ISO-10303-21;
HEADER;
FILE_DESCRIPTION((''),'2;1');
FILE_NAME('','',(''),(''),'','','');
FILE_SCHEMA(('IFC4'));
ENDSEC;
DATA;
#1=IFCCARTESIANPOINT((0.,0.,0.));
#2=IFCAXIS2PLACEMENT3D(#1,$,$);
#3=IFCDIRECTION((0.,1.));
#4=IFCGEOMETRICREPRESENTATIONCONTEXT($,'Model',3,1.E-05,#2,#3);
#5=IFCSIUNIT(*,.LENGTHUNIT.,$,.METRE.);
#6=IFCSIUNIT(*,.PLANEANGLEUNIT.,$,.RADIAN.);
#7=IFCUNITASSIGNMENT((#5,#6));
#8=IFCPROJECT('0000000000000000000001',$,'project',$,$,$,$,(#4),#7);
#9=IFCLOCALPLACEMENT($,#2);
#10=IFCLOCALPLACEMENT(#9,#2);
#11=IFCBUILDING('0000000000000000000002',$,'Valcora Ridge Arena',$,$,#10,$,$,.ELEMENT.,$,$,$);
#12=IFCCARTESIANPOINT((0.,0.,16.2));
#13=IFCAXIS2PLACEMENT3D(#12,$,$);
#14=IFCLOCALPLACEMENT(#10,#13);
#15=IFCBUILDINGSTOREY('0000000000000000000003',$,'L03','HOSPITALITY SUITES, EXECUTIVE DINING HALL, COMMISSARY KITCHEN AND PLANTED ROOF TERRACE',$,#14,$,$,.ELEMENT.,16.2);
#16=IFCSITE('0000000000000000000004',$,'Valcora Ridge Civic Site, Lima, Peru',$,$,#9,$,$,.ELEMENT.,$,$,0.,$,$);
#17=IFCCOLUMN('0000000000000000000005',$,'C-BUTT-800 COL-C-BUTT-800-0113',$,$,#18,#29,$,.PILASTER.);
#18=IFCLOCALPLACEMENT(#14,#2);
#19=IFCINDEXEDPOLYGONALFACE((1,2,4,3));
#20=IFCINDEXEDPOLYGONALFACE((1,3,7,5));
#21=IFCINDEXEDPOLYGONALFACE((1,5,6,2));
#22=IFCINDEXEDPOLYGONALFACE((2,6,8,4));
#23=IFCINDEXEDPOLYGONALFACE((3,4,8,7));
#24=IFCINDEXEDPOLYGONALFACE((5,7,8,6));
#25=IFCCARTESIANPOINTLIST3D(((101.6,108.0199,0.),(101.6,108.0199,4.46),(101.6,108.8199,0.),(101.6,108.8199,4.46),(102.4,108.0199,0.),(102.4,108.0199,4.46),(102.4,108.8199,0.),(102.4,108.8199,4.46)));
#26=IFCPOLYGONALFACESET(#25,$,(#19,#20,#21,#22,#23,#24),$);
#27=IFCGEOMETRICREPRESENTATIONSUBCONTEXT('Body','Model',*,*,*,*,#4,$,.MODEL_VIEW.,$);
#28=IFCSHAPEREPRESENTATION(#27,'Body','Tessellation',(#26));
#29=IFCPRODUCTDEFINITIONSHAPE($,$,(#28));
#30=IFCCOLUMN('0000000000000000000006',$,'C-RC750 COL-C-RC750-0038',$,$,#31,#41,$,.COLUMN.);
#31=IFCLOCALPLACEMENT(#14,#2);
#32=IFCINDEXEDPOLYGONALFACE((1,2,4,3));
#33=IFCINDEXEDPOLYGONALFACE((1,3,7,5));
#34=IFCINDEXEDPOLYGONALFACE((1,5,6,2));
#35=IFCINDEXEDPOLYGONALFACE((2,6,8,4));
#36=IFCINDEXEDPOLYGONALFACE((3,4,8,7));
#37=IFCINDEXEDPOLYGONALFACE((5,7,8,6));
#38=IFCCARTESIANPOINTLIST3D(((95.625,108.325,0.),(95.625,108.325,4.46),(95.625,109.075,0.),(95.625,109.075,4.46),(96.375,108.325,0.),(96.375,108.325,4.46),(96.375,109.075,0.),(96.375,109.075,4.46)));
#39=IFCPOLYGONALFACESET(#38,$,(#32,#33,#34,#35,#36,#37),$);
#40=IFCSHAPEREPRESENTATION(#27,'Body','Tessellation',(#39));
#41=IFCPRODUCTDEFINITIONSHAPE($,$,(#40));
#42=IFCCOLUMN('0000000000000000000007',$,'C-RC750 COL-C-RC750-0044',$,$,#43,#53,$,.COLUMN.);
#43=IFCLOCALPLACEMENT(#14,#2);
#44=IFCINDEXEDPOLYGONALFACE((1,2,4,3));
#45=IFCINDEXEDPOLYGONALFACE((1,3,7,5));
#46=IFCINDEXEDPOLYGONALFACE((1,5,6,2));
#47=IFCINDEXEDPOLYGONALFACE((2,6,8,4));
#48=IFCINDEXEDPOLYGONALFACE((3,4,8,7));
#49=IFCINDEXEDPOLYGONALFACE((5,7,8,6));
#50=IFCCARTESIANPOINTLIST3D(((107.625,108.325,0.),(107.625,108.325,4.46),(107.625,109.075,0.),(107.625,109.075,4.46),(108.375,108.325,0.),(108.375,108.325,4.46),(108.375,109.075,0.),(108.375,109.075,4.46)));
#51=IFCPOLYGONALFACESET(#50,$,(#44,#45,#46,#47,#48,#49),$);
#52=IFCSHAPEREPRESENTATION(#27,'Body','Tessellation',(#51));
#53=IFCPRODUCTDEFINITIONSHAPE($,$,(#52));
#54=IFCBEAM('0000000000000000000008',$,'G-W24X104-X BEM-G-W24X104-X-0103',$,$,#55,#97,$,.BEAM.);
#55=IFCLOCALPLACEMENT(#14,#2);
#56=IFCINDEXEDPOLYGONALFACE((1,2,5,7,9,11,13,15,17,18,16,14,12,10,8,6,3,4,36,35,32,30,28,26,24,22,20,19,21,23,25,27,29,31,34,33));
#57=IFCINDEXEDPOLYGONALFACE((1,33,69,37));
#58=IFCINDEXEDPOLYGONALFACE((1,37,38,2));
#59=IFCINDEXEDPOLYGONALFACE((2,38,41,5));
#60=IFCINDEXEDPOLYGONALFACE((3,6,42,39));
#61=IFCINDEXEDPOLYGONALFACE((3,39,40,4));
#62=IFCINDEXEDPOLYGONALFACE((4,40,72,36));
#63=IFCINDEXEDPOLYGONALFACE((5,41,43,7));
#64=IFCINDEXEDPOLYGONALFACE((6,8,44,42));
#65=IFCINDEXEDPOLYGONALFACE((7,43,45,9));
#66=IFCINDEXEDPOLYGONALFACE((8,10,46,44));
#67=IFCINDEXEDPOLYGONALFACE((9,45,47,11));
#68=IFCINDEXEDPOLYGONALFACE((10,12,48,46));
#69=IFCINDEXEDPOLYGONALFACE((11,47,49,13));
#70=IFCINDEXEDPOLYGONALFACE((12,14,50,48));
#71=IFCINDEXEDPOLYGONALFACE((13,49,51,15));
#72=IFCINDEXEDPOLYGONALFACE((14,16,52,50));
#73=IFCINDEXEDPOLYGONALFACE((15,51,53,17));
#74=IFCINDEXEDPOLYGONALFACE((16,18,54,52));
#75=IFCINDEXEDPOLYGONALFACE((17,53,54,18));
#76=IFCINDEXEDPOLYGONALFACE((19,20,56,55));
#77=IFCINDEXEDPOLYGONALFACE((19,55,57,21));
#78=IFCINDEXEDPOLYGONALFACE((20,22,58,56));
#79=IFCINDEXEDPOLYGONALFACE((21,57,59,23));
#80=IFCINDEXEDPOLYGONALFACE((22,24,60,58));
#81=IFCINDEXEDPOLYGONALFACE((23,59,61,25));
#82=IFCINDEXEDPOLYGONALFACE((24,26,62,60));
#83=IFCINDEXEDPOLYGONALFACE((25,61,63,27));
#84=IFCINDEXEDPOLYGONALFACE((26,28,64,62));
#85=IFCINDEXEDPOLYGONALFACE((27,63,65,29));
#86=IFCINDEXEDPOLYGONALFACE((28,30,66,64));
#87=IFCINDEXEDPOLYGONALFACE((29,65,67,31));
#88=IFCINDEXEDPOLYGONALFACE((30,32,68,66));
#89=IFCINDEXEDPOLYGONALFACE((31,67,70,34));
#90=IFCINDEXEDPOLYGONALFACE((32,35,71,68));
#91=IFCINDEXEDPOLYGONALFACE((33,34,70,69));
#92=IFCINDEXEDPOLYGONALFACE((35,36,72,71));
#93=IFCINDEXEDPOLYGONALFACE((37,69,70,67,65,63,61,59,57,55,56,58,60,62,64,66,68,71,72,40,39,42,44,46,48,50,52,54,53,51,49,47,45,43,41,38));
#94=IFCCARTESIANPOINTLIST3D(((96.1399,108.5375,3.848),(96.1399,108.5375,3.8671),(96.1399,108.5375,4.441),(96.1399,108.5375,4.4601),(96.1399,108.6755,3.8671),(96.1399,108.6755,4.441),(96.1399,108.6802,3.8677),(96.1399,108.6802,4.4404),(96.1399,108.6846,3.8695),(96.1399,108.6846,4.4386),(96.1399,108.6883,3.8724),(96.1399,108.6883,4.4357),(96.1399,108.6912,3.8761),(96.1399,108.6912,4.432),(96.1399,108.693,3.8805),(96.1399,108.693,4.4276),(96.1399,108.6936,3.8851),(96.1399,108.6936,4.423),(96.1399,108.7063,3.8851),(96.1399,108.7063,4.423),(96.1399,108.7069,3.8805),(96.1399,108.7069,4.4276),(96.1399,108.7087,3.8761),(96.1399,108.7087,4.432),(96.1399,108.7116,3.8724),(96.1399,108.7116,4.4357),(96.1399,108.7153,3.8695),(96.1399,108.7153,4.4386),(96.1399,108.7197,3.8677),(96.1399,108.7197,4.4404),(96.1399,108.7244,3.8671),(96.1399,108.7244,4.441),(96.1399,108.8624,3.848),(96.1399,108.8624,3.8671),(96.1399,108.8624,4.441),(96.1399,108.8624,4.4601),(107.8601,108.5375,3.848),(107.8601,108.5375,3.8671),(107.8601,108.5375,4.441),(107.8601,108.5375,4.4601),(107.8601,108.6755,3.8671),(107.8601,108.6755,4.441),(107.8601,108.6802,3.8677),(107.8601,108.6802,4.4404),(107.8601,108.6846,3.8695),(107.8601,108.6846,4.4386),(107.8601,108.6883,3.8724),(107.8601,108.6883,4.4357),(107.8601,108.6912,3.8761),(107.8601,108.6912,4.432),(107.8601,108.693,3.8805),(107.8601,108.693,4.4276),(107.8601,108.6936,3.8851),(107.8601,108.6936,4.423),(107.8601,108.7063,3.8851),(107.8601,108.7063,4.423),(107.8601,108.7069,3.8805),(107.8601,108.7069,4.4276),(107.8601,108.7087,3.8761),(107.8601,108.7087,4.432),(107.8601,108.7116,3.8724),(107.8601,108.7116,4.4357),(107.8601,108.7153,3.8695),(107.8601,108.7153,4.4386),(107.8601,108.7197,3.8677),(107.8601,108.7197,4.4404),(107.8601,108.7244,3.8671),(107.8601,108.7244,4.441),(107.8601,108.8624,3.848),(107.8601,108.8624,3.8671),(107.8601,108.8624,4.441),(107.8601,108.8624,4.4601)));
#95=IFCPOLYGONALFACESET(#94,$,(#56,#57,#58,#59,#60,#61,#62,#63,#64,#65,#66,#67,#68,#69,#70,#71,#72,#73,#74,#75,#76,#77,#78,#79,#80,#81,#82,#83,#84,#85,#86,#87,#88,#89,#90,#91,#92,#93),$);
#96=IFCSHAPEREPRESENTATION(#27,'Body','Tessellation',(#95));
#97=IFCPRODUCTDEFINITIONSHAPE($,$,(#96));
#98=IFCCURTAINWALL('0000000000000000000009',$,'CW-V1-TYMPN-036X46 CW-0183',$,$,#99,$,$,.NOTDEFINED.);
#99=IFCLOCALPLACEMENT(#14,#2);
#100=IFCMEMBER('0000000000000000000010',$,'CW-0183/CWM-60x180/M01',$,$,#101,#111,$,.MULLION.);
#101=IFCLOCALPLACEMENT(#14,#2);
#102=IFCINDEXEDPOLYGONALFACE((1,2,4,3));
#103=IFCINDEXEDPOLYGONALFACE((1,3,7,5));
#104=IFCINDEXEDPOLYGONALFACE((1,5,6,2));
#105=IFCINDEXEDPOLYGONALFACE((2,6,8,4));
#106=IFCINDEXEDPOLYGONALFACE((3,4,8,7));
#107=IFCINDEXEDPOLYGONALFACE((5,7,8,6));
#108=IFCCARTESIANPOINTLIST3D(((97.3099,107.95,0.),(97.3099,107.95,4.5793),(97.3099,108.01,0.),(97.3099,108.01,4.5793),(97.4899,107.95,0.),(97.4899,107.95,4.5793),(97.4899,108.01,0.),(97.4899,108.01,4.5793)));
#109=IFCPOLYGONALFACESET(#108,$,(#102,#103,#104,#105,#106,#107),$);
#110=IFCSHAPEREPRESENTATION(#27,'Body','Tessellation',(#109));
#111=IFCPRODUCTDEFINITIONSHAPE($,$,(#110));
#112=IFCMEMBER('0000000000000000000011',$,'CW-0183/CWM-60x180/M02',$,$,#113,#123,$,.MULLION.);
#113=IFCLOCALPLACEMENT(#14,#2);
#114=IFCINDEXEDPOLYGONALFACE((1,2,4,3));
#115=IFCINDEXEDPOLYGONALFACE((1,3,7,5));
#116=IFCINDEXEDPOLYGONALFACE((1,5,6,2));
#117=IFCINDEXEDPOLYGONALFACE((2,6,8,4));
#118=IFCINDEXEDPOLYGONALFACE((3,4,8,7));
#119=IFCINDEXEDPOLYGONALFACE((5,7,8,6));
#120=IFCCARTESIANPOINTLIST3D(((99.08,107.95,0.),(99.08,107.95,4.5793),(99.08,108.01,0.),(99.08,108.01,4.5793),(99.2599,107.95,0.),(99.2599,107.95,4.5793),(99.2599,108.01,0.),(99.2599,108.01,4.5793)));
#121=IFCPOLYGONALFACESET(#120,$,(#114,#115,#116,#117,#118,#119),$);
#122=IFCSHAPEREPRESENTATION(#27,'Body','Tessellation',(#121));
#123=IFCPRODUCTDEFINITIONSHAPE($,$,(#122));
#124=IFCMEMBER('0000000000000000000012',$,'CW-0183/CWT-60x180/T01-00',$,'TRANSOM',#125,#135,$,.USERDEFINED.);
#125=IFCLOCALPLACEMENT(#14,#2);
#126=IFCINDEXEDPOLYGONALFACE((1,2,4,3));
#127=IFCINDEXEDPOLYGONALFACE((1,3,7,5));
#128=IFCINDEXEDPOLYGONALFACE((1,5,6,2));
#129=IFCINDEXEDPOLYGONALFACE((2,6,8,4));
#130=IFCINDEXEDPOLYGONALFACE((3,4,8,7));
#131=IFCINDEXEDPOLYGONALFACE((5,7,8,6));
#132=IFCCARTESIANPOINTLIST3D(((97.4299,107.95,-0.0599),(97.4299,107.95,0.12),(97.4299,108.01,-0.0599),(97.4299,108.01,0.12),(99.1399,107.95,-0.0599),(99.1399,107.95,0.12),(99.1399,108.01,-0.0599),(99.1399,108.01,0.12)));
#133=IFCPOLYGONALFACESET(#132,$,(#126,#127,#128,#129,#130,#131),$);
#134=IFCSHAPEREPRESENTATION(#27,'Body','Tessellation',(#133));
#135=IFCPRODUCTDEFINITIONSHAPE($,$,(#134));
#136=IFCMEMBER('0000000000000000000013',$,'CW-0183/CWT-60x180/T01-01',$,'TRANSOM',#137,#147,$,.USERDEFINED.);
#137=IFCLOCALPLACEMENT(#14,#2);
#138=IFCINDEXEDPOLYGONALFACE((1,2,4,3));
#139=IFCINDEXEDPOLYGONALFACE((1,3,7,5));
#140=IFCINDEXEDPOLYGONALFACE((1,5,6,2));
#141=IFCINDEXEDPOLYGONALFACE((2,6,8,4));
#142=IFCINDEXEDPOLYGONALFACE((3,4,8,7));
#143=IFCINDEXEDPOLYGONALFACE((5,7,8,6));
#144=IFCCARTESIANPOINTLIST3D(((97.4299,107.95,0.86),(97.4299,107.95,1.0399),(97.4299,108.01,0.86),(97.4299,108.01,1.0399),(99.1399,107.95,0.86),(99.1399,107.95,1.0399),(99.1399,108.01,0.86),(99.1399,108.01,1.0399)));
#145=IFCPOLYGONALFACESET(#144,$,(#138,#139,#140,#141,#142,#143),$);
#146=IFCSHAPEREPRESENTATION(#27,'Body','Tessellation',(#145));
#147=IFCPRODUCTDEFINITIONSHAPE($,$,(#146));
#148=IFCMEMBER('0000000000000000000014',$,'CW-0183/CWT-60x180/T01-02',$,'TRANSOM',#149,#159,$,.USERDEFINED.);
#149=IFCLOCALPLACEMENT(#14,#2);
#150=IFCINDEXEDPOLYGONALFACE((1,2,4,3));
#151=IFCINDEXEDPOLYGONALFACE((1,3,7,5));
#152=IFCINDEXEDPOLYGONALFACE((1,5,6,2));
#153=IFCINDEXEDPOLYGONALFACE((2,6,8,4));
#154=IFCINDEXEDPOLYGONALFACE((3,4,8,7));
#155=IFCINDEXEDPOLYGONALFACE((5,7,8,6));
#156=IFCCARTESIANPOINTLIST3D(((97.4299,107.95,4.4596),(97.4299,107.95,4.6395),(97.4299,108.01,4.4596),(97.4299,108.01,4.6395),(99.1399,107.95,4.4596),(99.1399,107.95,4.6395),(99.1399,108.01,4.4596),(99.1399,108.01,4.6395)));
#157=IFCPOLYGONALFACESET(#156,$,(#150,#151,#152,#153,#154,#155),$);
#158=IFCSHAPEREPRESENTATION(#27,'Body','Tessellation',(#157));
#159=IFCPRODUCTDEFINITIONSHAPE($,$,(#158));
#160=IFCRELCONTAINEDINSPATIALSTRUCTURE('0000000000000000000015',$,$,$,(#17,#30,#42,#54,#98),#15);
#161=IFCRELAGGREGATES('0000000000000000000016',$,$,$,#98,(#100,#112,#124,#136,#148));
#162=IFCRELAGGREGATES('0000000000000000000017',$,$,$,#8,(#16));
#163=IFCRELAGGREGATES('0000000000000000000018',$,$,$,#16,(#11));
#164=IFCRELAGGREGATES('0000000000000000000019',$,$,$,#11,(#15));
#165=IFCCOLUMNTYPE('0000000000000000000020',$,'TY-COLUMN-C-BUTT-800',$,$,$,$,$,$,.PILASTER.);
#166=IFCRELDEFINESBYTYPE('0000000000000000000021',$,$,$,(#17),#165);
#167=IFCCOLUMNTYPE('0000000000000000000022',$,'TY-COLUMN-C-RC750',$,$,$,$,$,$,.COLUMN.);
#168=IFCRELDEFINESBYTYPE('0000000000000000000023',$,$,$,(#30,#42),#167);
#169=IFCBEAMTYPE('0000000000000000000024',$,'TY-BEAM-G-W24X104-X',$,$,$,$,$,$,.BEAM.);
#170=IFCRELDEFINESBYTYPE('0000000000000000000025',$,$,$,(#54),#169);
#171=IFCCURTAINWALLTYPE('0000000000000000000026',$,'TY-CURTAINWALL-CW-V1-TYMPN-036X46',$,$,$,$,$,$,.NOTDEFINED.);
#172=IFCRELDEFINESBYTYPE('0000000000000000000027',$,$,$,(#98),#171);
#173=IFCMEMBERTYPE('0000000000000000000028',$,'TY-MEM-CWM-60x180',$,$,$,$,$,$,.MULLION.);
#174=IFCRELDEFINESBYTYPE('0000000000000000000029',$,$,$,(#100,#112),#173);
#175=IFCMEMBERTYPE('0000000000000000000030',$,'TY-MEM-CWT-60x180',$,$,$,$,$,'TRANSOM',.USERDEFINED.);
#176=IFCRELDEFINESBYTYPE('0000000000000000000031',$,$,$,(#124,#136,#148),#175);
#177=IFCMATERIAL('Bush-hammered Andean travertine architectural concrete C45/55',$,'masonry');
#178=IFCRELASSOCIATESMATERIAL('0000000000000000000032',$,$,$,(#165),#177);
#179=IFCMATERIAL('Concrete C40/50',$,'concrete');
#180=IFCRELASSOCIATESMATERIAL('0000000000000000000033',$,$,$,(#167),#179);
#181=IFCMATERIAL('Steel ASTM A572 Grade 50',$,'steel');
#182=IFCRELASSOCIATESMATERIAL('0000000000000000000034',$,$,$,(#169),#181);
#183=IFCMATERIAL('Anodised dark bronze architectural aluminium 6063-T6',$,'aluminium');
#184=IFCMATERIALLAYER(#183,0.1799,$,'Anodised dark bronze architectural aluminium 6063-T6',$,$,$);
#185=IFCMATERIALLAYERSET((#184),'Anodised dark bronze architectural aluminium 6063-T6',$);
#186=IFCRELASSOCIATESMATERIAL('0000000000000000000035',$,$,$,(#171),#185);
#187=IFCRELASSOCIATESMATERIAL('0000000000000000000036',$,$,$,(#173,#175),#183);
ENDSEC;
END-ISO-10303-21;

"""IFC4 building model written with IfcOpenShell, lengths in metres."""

from ifc_helpers import new_model, si_unit, direction, frame, origin, origin_2d, place, context, subcontext, project, spatial, rectangle, i_section, extrude, material, layer, layer_set, material_profile, profile_set, type_object, element, aggregate, save


model = new_model("IFC4")

# Units and contexts
model_context = context("Model", 3, precision=1e-05, world=origin(), true_north=direction((0.0, 1.0)))
body_context = subcontext(model_context, "Body", "Model", "MODEL_VIEW")
ifc_project = project(units=[si_unit("LENGTHUNIT", "METRE"), si_unit("PLANEANGLEUNIT", "RADIAN")], contexts=[model_context])

# Site, building, storey
site_placement = place(None, origin())
site = spatial("IfcSite", under=ifc_project, at=site_placement, Name="Valcora Ridge Civic Site, Lima, Peru", CompositionType="ELEMENT", RefElevation=0.0)
building_placement = place(site_placement, origin())
building = spatial("IfcBuilding", under=site, at=building_placement, Name="Valcora Ridge Arena", CompositionType="ELEMENT")
storey_placement = place(building_placement, frame((0.0, 0.0, 16.2)))
storey = spatial("IfcBuildingStorey", under=building, at=storey_placement, Name="L03", Description="HOSPITALITY SUITES, EXECUTIVE DINING HALL, COMMISSARY KITCHEN AND PLANTED ROOF TERRACE", CompositionType="ELEMENT", Elevation=16.2)

# Columns
ifc_material_1 = material(Name="Bush-hammered Andean travertine architectural concrete C45/55", Category="masonry")
ifc_material_profile_1 = material_profile(ifc_material_1, rectangle(XDim=0.8, YDim=0.8, at=origin_2d()), Name="RC 800x800")
ifc_profile_set_1 = profile_set([ifc_material_profile_1], Name="Bush-hammered Andean travertine architectural concrete C45/55")
column_type_1 = type_object("IfcColumnType", Name="TY-COLUMN-C-BUTT-800", PredefinedType="PILASTER", material=ifc_profile_set_1)
column_placement = place(storey_placement, frame((102.0, 108.4199, 0.0), z_axis=(0.0, 0.0, 1.0), x_axis=(1.0, 0.0, 0.0)))
element("IfcColumn", 1, at=column_placement, inside=storey, type_object=column_type_1, Name="C-BUTT-800 COL-C-BUTT-800-0113", PredefinedType="PILASTER", context=body_context, shape_type="SweptSolid", body=[
    extrude(rectangle(XDim=0.8, YDim=0.8, at=origin_2d()), origin(), (0.0, 0.0, 1.0), 4.46),
])
ifc_material_2 = material(Name="Concrete C40/50", Category="concrete")
ifc_material_profile_2 = material_profile(ifc_material_2, rectangle(XDim=0.75, YDim=0.75, at=origin_2d()), Name="RC 750x750")
ifc_profile_set_2 = profile_set([ifc_material_profile_2], Name="Concrete C40/50")
column_type_2 = type_object("IfcColumnType", Name="TY-COLUMN-C-RC750", PredefinedType="COLUMN", material=ifc_profile_set_2)
for number, where, z_axis, x_axis, name in (
    (2, (96.0, 108.7, 0.0), (0.0, 0.0, 1.0), (1.0, 0.0, 0.0), "C-RC750 COL-C-RC750-0038"),
    (3, (108.0, 108.7, 0.0), (0.0, 0.0, 1.0), (1.0, 0.0, 0.0), "C-RC750 COL-C-RC750-0044"),
):
    element("IfcColumn", number, at=place(storey_placement, frame(where, z_axis=z_axis, x_axis=x_axis)), inside=storey, type_object=column_type_2, Name=name, PredefinedType="COLUMN", context=body_context, shape_type="SweptSolid", body=[
        extrude(rectangle(XDim=0.75, YDim=0.75, at=origin_2d()), origin(), (0.0, 0.0, 1.0), 4.46),
    ])

# Beam
ifc_material_3 = material(Name="Steel ASTM A572 Grade 50", Category="steel")
ifc_material_profile_3 = material_profile(ifc_material_3, i_section(OverallWidth=0.325, OverallDepth=0.6121, WebThickness=0.0127, FlangeThickness=0.019, FilletRadius=0.0181, at=origin_2d()), Name="W24X104")
ifc_profile_set_3 = profile_set([ifc_material_profile_3], Name="Steel ASTM A572 Grade 50")
beam_type = type_object("IfcBeamType", Name="TY-BEAM-G-W24X104-X", PredefinedType="BEAM", material=ifc_profile_set_3)
beam_placement = place(storey_placement, frame((96.1399, 108.7, 4.1541), z_axis=(1.0, 0.0, 0.0), x_axis=(0.0, 1.0, 0.0)))
element("IfcBeam", 4, at=beam_placement, inside=storey, type_object=beam_type, Name="G-W24X104-X BEM-G-W24X104-X-0103", PredefinedType="BEAM", context=body_context, shape_type="SweptSolid", body=[
    extrude(i_section(OverallWidth=0.325, OverallDepth=0.6121, WebThickness=0.0127, FlangeThickness=0.019, FilletRadius=0.0181, at=origin_2d()), origin(), (0.0, 0.0, 1.0), 11.7202),
])

# Curtain wall, members
ifc_material_4 = material(Name="Anodised dark bronze architectural aluminium 6063-T6", Category="aluminium")
ifc_layer_1 = layer(ifc_material_4, 0.1799, Name="Anodised dark bronze architectural aluminium 6063-T6")
ifc_layer_set_1 = layer_set([ifc_layer_1], Name="Anodised dark bronze architectural aluminium 6063-T6")
curtain_wall_type = type_object("IfcCurtainWallType", Name="TY-CURTAINWALL-CW-V1-TYMPN-036X46", PredefinedType="NOTDEFINED", material=ifc_layer_set_1)
curtain_wall_placement = place(storey_placement, origin())
curtain_wall = element("IfcCurtainWall", 5, at=curtain_wall_placement, inside=storey, type_object=curtain_wall_type, Name="CW-V1-TYMPN-036X46 CW-0183", PredefinedType="NOTDEFINED")
ifc_material_profile_4 = material_profile(ifc_material_4, rectangle(XDim=0.0601, YDim=0.1799, at=origin_2d()), Name="ALU MULLION 60x180")
ifc_profile_set_4 = profile_set([ifc_material_profile_4], Name="Anodised dark bronze architectural aluminium 6063-T6")
member_type_1 = type_object("IfcMemberType", Name="TY-MEM-CWM-60x180", PredefinedType="MULLION", material=ifc_profile_set_4)
member_1_placement = place(storey_placement, frame((97.3999, 107.98, 0.0), z_axis=(0.0, 0.0, 1.0), x_axis=(0.0, 1.0, 0.0)))
member_1 = element("IfcMember", 6, at=member_1_placement, type_object=member_type_1, Name="CW-0183/CWM-60x180/M01", PredefinedType="MULLION", context=body_context, shape_type="SweptSolid", body=[
    extrude(rectangle(XDim=0.0601, YDim=0.1799, at=origin_2d()), origin(), (0.0, 0.0, 1.0), 4.5793),
])
member_2_placement = place(storey_placement, frame((99.1699, 107.98, 0.0), z_axis=(0.0, 0.0, 1.0), x_axis=(0.0, 1.0, 0.0)))
member_2 = element("IfcMember", 7, at=member_2_placement, type_object=member_type_1, Name="CW-0183/CWM-60x180/M02", PredefinedType="MULLION", context=body_context, shape_type="SweptSolid", body=[
    extrude(rectangle(XDim=0.0601, YDim=0.1799, at=origin_2d()), origin(), (0.0, 0.0, 1.0), 4.5793),
])
ifc_material_profile_5 = material_profile(ifc_material_4, rectangle(XDim=0.0601, YDim=0.1799, at=origin_2d()), Name="ALU TRANSOM 60x180")
ifc_profile_set_5 = profile_set([ifc_material_profile_5], Name="Anodised dark bronze architectural aluminium 6063-T6")
member_type_2 = type_object("IfcMemberType", Name="TY-MEM-CWT-60x180", ElementType="TRANSOM", PredefinedType="USERDEFINED", material=ifc_profile_set_5)
member_3_placement = place(storey_placement, frame((97.4299, 107.98, 0.03), z_axis=(1.0, 0.0, 0.0), x_axis=(0.0, 1.0, 0.0)))
member_3 = element("IfcMember", 8, at=member_3_placement, type_object=member_type_2, Name="CW-0183/CWT-60x180/T01-00", ObjectType="TRANSOM", PredefinedType="USERDEFINED", context=body_context, shape_type="SweptSolid", body=[
    extrude(rectangle(XDim=0.0601, YDim=0.1799, at=origin_2d()), origin(), (0.0, 0.0, 1.0), 1.71),
])
member_4_placement = place(storey_placement, frame((97.4299, 107.98, 0.95), z_axis=(1.0, 0.0, 0.0), x_axis=(0.0, 1.0, 0.0)))
member_4 = element("IfcMember", 9, at=member_4_placement, type_object=member_type_2, Name="CW-0183/CWT-60x180/T01-01", ObjectType="TRANSOM", PredefinedType="USERDEFINED", context=body_context, shape_type="SweptSolid", body=[
    extrude(rectangle(XDim=0.0601, YDim=0.1799, at=origin_2d()), origin(), (0.0, 0.0, 1.0), 1.71),
])
member_5_placement = place(storey_placement, frame((97.4299, 107.98, 4.5496), z_axis=(1.0, 0.0, 0.0), x_axis=(0.0, 1.0, 0.0)))
member_5 = element("IfcMember", 10, at=member_5_placement, type_object=member_type_2, Name="CW-0183/CWT-60x180/T01-02", ObjectType="TRANSOM", PredefinedType="USERDEFINED", context=body_context, shape_type="SweptSolid", body=[
    extrude(rectangle(XDim=0.0601, YDim=0.1799, at=origin_2d()), origin(), (0.0, 0.0, 1.0), 1.71),
])

aggregate(curtain_wall, [member_1, member_2, member_3, member_4, member_5])

save(model, "model.ifc")
